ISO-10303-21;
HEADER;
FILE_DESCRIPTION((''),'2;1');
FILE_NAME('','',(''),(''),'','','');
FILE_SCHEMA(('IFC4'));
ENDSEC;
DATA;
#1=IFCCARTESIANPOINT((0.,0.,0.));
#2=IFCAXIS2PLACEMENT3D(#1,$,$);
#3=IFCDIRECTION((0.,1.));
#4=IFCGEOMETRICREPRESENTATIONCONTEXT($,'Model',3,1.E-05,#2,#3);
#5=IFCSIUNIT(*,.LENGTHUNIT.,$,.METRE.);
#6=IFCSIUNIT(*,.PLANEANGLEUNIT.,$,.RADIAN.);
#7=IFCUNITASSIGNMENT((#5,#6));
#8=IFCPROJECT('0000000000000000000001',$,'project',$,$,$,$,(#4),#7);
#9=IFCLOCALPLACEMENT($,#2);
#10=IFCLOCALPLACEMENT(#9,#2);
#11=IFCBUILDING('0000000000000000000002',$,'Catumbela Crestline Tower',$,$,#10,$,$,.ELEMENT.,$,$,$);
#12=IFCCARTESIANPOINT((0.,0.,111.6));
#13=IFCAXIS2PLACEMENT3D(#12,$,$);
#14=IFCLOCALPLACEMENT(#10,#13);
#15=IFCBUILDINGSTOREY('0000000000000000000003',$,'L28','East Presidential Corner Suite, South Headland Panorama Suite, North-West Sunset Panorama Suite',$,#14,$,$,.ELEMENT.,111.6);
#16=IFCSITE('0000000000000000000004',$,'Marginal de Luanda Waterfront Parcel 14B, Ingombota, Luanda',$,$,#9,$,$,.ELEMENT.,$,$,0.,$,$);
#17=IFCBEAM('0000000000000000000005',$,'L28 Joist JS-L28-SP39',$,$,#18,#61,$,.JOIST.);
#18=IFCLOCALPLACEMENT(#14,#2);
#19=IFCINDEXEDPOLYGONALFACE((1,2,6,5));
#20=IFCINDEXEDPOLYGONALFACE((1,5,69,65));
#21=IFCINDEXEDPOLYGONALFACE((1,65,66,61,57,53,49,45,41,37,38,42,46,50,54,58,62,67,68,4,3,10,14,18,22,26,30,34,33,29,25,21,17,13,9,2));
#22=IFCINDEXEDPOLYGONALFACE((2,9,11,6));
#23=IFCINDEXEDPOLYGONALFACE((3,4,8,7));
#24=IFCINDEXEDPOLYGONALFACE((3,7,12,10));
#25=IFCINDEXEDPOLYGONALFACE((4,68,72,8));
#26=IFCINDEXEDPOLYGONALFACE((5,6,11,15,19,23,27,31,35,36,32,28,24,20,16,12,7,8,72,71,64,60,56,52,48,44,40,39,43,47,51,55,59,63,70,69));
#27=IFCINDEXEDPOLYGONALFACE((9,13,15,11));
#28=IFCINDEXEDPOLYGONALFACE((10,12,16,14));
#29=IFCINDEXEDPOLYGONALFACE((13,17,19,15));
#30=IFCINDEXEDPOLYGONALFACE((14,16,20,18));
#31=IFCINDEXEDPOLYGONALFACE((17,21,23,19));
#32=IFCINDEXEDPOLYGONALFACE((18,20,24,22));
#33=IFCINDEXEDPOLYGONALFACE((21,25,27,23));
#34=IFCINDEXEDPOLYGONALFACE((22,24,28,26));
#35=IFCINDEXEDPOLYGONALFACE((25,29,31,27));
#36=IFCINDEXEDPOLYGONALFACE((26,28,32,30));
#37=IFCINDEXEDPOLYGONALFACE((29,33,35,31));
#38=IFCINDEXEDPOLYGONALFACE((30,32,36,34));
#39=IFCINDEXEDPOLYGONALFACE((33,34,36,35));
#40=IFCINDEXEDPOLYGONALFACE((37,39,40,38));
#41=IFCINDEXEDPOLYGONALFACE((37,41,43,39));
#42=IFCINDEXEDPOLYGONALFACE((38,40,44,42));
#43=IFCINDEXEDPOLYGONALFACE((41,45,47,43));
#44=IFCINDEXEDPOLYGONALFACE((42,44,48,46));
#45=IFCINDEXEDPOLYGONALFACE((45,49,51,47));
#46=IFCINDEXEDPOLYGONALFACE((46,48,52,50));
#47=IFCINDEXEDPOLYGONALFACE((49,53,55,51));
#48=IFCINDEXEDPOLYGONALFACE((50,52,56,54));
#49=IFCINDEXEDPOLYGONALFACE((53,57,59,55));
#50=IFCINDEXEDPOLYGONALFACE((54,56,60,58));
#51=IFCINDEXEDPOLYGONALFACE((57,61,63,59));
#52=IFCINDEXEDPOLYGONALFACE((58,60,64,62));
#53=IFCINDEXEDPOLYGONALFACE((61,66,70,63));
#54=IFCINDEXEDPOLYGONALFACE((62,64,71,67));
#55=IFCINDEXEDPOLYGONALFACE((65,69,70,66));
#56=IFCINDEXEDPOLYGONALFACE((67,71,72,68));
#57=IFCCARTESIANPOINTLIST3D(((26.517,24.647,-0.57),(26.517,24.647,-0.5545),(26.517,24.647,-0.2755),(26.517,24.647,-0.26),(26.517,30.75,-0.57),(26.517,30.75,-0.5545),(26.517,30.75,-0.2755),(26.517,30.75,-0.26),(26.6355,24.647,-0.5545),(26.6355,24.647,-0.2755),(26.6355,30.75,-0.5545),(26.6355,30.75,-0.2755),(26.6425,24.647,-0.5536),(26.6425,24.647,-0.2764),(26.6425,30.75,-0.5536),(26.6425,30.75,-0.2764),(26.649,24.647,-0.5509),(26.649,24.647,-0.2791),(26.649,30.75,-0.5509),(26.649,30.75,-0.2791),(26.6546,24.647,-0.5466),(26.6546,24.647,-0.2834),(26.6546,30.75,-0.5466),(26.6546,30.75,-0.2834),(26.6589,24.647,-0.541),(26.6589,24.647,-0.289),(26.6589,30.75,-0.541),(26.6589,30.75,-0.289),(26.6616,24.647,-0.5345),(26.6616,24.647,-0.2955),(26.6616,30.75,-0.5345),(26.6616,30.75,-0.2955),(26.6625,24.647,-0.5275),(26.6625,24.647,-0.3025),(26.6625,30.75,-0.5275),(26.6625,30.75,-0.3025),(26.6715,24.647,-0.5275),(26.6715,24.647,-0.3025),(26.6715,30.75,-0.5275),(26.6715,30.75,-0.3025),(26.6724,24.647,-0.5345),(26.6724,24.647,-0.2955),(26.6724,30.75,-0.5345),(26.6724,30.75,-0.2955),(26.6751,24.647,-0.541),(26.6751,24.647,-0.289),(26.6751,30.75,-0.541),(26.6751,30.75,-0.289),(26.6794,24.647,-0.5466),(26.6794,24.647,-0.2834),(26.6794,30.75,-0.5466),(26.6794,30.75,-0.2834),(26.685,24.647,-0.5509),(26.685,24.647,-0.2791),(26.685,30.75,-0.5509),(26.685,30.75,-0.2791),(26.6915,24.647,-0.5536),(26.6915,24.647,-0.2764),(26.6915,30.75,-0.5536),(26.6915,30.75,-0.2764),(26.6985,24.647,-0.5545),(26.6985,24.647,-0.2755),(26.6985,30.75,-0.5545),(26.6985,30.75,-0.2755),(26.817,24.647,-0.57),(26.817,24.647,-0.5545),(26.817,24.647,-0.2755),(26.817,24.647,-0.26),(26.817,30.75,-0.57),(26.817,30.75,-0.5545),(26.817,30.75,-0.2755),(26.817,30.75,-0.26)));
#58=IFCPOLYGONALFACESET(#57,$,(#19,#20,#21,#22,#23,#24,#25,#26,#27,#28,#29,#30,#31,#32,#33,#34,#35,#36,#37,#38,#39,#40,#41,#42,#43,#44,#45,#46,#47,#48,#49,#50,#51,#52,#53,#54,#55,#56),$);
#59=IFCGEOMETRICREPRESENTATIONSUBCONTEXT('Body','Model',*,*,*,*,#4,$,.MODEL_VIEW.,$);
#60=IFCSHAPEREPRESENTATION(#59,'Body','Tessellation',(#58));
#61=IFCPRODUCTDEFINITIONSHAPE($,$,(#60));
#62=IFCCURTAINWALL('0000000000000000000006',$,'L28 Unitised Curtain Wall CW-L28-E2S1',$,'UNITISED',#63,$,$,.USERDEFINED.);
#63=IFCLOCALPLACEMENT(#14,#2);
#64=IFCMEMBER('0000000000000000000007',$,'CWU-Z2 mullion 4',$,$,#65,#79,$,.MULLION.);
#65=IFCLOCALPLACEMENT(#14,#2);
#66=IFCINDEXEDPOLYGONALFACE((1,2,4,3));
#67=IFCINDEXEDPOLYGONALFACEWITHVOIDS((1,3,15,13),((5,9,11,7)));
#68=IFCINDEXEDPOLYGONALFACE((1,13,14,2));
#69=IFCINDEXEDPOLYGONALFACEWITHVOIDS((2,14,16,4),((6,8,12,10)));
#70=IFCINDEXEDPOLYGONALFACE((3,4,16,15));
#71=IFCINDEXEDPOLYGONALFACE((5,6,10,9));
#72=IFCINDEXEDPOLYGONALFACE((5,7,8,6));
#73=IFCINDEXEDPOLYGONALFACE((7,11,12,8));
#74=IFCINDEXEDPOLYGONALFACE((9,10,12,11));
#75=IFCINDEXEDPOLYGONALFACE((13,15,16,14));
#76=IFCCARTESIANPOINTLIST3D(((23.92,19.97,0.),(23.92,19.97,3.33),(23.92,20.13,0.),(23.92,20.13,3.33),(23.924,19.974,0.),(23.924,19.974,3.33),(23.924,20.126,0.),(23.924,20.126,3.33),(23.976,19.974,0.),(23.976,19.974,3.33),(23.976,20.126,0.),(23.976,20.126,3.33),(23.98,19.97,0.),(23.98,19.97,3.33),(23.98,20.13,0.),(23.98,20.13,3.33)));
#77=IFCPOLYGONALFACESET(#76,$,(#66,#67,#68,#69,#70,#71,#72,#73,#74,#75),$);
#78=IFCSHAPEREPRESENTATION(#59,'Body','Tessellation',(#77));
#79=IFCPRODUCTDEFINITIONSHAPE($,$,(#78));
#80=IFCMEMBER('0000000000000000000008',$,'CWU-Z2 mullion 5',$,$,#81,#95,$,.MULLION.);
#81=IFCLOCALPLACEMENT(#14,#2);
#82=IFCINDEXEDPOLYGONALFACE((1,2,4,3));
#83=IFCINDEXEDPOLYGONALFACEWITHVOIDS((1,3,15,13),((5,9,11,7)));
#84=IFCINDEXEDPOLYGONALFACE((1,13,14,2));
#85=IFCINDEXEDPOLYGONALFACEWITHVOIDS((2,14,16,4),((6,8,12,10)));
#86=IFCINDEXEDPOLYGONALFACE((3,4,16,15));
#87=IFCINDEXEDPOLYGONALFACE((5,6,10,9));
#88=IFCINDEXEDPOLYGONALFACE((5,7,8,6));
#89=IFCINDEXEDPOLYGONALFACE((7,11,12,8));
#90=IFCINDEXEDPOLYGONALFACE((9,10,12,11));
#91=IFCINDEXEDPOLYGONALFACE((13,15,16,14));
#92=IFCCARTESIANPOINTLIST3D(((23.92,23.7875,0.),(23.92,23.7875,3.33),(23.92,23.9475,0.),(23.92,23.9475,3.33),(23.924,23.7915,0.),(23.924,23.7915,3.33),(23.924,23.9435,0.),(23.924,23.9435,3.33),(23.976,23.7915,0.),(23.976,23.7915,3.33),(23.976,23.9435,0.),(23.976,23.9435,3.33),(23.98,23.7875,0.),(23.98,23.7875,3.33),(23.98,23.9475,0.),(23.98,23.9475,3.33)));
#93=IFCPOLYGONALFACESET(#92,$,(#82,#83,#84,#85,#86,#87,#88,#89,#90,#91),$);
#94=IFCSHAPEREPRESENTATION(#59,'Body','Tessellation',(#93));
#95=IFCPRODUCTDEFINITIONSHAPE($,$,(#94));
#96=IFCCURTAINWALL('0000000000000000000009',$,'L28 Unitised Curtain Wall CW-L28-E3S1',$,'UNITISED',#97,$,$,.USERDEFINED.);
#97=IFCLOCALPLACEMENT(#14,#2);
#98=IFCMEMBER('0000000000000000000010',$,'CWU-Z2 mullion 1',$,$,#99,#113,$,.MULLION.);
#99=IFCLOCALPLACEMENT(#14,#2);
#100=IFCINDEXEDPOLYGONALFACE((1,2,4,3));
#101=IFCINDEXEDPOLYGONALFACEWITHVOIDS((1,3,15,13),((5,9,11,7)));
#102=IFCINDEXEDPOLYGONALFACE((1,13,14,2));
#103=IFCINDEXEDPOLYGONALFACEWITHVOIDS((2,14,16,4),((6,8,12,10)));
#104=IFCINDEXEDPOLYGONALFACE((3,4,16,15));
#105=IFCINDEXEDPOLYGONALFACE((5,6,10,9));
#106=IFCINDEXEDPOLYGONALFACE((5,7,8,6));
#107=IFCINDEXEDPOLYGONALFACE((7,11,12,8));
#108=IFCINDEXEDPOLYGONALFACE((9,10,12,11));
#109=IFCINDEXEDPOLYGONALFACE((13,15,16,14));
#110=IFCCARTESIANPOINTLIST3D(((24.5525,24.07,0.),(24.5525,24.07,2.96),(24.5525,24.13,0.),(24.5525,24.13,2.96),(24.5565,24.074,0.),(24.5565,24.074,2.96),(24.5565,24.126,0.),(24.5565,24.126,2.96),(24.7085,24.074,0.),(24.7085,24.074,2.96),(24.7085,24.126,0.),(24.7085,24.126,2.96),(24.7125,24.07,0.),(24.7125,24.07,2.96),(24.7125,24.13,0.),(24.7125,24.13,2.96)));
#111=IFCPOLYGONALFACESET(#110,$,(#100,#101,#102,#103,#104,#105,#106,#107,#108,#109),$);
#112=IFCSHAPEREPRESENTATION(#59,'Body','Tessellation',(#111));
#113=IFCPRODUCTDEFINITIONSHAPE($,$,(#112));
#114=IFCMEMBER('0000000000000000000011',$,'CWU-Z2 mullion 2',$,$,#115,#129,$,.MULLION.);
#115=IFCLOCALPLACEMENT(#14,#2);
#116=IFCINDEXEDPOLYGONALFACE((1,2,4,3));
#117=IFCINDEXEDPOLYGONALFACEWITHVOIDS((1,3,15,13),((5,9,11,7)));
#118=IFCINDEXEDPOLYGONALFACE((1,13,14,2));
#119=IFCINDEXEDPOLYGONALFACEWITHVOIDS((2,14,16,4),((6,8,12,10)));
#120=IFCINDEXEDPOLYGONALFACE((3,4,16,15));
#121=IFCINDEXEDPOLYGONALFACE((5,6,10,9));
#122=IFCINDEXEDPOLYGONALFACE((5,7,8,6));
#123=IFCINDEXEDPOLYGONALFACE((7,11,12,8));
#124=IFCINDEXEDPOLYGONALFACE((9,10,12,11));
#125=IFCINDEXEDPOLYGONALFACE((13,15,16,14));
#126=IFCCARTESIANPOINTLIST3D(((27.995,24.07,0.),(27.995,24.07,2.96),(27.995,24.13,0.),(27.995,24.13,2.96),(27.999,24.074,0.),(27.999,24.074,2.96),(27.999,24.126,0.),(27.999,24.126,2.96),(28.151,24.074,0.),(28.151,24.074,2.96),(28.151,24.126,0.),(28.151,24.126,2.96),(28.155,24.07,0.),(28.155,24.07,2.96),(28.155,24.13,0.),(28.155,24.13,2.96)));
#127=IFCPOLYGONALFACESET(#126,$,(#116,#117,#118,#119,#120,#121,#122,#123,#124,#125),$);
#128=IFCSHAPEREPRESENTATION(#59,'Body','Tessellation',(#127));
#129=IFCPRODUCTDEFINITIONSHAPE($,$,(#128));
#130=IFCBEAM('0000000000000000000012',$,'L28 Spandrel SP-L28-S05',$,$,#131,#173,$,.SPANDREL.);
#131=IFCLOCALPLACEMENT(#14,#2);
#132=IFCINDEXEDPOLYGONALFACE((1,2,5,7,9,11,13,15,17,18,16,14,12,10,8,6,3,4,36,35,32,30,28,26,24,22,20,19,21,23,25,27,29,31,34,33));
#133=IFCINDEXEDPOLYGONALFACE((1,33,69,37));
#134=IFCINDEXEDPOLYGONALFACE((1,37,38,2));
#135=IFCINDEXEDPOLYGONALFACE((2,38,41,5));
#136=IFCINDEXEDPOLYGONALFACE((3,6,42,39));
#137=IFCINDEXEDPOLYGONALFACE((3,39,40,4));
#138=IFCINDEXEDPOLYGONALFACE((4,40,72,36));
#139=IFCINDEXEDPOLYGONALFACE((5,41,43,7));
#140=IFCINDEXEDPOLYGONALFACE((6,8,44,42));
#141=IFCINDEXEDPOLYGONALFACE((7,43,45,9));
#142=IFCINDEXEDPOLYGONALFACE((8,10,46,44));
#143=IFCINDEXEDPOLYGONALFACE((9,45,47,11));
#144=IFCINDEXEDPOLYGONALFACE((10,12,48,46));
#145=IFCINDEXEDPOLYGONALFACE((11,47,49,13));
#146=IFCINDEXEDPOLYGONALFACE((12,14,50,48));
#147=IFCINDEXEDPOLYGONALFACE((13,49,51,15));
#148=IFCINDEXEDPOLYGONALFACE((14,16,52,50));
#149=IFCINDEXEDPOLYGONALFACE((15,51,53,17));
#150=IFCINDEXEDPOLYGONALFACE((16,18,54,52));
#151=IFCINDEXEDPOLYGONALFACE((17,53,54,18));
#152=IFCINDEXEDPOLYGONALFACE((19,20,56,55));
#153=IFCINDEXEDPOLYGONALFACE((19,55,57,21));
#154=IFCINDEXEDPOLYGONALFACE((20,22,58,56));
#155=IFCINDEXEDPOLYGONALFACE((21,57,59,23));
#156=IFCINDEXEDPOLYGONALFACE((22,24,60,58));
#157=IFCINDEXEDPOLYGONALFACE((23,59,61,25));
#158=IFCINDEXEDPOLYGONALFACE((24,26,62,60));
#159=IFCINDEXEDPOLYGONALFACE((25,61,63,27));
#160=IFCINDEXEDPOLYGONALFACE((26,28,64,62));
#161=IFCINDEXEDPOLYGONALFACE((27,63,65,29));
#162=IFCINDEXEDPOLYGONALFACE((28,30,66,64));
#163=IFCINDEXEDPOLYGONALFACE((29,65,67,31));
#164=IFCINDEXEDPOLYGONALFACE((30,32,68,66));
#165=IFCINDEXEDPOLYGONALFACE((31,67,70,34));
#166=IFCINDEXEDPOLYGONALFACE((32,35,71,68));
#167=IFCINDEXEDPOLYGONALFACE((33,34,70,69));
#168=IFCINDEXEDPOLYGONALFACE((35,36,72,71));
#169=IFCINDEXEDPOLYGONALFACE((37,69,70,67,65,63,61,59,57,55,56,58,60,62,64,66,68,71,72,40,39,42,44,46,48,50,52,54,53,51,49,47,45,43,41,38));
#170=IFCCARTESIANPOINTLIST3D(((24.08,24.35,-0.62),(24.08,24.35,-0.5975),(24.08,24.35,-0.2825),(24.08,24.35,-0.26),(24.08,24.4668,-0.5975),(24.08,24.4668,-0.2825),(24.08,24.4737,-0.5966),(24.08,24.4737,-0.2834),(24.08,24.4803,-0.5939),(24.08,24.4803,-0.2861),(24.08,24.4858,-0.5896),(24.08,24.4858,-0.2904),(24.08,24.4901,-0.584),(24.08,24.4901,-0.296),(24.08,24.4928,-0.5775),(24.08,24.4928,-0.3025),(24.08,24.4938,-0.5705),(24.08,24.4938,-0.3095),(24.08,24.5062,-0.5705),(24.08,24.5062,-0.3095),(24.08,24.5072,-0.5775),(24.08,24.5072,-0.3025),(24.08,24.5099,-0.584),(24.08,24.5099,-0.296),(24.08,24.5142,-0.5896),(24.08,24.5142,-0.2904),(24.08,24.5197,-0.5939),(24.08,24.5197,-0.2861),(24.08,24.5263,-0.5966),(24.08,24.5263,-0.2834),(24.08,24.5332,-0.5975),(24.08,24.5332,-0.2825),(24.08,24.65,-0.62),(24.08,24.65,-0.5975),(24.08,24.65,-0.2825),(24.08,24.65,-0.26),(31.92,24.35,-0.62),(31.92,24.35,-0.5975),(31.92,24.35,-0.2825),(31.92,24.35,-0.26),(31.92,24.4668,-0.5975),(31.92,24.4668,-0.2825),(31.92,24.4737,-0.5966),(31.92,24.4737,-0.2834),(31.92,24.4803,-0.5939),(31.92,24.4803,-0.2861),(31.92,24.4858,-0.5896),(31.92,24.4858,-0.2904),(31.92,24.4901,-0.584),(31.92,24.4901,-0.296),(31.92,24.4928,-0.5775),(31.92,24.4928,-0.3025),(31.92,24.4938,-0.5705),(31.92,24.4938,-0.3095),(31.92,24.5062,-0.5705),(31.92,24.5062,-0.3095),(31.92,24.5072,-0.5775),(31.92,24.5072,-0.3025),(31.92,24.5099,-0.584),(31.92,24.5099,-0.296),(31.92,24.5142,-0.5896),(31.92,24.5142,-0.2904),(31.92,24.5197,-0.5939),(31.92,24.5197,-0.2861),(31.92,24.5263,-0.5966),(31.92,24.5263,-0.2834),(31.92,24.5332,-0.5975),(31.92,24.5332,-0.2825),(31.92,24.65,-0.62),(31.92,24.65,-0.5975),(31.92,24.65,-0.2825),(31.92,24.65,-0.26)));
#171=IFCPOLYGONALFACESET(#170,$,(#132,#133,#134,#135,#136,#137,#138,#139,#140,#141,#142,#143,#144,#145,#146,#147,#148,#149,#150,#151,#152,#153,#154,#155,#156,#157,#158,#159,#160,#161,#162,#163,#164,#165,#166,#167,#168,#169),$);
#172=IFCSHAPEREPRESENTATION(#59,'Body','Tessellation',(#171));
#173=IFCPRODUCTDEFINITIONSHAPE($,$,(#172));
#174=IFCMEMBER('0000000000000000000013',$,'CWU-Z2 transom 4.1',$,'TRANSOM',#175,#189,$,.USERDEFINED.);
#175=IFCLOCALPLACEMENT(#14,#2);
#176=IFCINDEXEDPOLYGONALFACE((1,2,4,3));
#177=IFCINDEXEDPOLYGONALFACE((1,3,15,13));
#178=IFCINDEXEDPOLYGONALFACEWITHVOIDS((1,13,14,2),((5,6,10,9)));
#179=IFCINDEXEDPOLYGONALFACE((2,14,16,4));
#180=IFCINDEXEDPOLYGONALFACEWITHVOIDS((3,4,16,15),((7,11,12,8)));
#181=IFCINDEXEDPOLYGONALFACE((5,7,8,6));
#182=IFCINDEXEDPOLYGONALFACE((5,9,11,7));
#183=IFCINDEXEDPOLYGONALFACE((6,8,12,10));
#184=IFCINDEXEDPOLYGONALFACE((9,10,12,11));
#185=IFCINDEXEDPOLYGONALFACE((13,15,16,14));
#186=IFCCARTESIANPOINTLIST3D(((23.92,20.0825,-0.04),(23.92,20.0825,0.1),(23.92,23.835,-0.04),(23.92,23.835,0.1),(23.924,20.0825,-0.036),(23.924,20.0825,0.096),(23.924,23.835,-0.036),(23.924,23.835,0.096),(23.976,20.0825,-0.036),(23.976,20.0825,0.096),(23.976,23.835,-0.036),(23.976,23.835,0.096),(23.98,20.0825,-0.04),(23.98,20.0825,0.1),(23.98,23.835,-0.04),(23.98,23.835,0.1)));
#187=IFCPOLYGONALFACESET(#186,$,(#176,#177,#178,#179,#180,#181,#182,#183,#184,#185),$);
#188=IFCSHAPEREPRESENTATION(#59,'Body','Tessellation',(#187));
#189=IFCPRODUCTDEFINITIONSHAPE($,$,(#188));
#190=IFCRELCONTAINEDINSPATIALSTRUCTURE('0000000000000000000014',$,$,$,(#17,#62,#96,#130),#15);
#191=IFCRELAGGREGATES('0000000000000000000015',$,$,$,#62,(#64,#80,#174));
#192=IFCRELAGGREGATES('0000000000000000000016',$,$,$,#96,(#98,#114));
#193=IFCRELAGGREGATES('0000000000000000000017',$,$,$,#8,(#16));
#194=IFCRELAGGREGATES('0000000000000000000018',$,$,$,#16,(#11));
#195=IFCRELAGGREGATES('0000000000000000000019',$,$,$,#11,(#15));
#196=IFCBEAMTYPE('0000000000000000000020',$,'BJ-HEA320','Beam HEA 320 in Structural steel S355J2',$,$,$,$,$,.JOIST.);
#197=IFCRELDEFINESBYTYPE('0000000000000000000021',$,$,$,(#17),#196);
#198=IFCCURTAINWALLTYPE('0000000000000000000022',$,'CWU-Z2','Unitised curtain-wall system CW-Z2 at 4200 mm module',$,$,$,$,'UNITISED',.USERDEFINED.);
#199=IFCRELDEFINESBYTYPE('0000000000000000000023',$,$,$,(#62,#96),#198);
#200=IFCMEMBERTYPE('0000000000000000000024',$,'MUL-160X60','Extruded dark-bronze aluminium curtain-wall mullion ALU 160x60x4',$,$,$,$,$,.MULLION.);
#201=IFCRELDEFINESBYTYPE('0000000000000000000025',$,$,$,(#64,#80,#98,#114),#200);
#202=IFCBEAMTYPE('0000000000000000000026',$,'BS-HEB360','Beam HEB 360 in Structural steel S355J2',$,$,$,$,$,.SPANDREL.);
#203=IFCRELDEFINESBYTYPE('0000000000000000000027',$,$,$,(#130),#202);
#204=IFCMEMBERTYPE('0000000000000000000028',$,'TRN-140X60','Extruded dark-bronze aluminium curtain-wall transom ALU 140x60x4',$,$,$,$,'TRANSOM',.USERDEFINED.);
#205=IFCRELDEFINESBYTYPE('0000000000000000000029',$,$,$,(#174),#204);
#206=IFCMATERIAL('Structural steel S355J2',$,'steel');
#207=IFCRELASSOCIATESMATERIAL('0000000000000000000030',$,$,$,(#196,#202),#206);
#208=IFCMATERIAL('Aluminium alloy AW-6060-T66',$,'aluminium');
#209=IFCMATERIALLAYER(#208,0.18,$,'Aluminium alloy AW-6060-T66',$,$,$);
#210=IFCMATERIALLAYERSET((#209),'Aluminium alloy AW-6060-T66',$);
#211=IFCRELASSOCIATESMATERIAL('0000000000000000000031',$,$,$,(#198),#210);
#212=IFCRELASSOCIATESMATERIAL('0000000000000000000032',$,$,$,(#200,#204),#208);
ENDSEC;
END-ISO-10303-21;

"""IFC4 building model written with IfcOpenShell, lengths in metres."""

from ifc_helpers import new_model, si_unit, direction, frame, origin, origin_2d, place, context, subcontext, project, spatial, hollow_rectangle, i_section, extrude, material, layer, layer_set, material_profile, profile_set, type_object, element, aggregate, save


model = new_model("IFC4")

# Units and contexts
model_context = context("Model", 3, precision=1e-05, world=origin(), true_north=direction((0.0, 1.0)))
body_context = subcontext(model_context, "Body", "Model", "MODEL_VIEW")
ifc_project = project(units=[si_unit("LENGTHUNIT", "METRE"), si_unit("PLANEANGLEUNIT", "RADIAN")], contexts=[model_context])

# Site, building, storey
site_placement = place(None, origin())
site = spatial("IfcSite", under=ifc_project, at=site_placement, Name="Marginal de Luanda Waterfront Parcel 14B, Ingombota, Luanda", CompositionType="ELEMENT", RefElevation=0.0)
building_placement = place(site_placement, origin())
building = spatial("IfcBuilding", under=site, at=building_placement, Name="Catumbela Crestline Tower", CompositionType="ELEMENT")
storey_placement = place(building_placement, frame((0.0, 0.0, 111.6)))
storey = spatial("IfcBuildingStorey", under=building, at=storey_placement, Name="L28", Description="East Presidential Corner Suite, South Headland Panorama Suite, North-West Sunset Panorama Suite", CompositionType="ELEMENT", Elevation=111.6)

# Beam
ifc_material_1 = material(Name="Structural steel S355J2", Category="steel")
ifc_material_profile_1 = material_profile(ifc_material_1, i_section(OverallWidth=0.3, OverallDepth=0.31, WebThickness=0.009, FlangeThickness=0.0155, FilletRadius=0.027, at=origin_2d()), Name="HEA 320")
ifc_profile_set_1 = profile_set([ifc_material_profile_1], Name="Structural steel S355J2")
beam_type_1 = type_object("IfcBeamType", Name="BJ-HEA320", Description="Beam HEA 320 in Structural steel S355J2", PredefinedType="JOIST", material=ifc_profile_set_1)
for number, where, z_axis, x_axis, name in (
    (1, (26.667, 24.647, -0.415), (0.0, 1.0, 0.0), (-1.0, 0.0, 0.0), "L28 Joist JS-L28-SP39"),
):
    element("IfcBeam", number, at=place(storey_placement, frame(where, z_axis=z_axis, x_axis=x_axis)), inside=storey, type_object=beam_type_1, Name=name, PredefinedType="JOIST", context=body_context, shape_type="SweptSolid", body=[
        extrude(i_section(OverallWidth=0.3, OverallDepth=0.31, WebThickness=0.009, FlangeThickness=0.0155, FilletRadius=0.027, at=origin_2d()), origin(), (0.0, 0.0, 1.0), 6.103),
    ])

# Curtain walls, members
ifc_material_2 = material(Name="Aluminium alloy AW-6060-T66", Category="aluminium")
ifc_layer_1 = layer(ifc_material_2, 0.18, Name="Aluminium alloy AW-6060-T66")
ifc_layer_set_1 = layer_set([ifc_layer_1], Name="Aluminium alloy AW-6060-T66")
curtain_wall_type = type_object("IfcCurtainWallType", Name="CWU-Z2", Description="Unitised curtain-wall system CW-Z2 at 4200 mm module", ElementType="UNITISED", PredefinedType="USERDEFINED", material=ifc_layer_set_1)
curtain_wall_1_placement = place(storey_placement, origin())
curtain_wall_1 = element("IfcCurtainWall", 2, at=curtain_wall_1_placement, inside=storey, type_object=curtain_wall_type, Name="L28 Unitised Curtain Wall CW-L28-E2S1", ObjectType="UNITISED", PredefinedType="USERDEFINED")
ifc_material_profile_2 = material_profile(ifc_material_2, hollow_rectangle(XDim=0.06, YDim=0.16, WallThickness=0.004, at=origin_2d()), Name="ALU 160x60x4")
ifc_profile_set_2 = profile_set([ifc_material_profile_2], Name="Aluminium alloy AW-6060-T66")
member_type_1 = type_object("IfcMemberType", Name="MUL-160X60", Description="Extruded dark-bronze aluminium curtain-wall mullion ALU 160x60x4", PredefinedType="MULLION", material=ifc_profile_set_2)
member_1_placement = place(storey_placement, frame((23.95, 20.05, 0.0), z_axis=(0.0, 0.0, 1.0), x_axis=(-1.0, 0.0, 0.0)))
member_1 = element("IfcMember", 3, at=member_1_placement, type_object=member_type_1, Name="CWU-Z2 mullion 4", PredefinedType="MULLION", context=body_context, shape_type="SweptSolid", body=[
    extrude(hollow_rectangle(XDim=0.06, YDim=0.16, WallThickness=0.004, at=origin_2d()), origin(), (0.0, 0.0, 1.0), 3.33),
])
member_2_placement = place(storey_placement, frame((23.95, 23.8675, 0.0), z_axis=(0.0, 0.0, 1.0), x_axis=(-1.0, 0.0, 0.0)))
member_2 = element("IfcMember", 4, at=member_2_placement, type_object=member_type_1, Name="CWU-Z2 mullion 5", PredefinedType="MULLION", context=body_context, shape_type="SweptSolid", body=[
    extrude(hollow_rectangle(XDim=0.06, YDim=0.16, WallThickness=0.004, at=origin_2d()), origin(), (0.0, 0.0, 1.0), 3.33),
])
curtain_wall_2_placement = place(storey_placement, origin())
curtain_wall_2 = element("IfcCurtainWall", 5, at=curtain_wall_2_placement, inside=storey, type_object=curtain_wall_type, Name="L28 Unitised Curtain Wall CW-L28-E3S1", ObjectType="UNITISED", PredefinedType="USERDEFINED")
member_3_placement = place(storey_placement, frame((24.6325, 24.1, 0.0), z_axis=(0.0, 0.0, 1.0), x_axis=(0.0, 1.0, 0.0)))
member_3 = element("IfcMember", 6, at=member_3_placement, type_object=member_type_1, Name="CWU-Z2 mullion 1", PredefinedType="MULLION", context=body_context, shape_type="SweptSolid", body=[
    extrude(hollow_rectangle(XDim=0.06, YDim=0.16, WallThickness=0.004, at=origin_2d()), origin(), (0.0, 0.0, 1.0), 2.96),
])
member_4_placement = place(storey_placement, frame((28.075, 24.1, 0.0), z_axis=(0.0, 0.0, 1.0), x_axis=(0.0, 1.0, 0.0)))
member_4 = element("IfcMember", 7, at=member_4_placement, type_object=member_type_1, Name="CWU-Z2 mullion 2", PredefinedType="MULLION", context=body_context, shape_type="SweptSolid", body=[
    extrude(hollow_rectangle(XDim=0.06, YDim=0.16, WallThickness=0.004, at=origin_2d()), origin(), (0.0, 0.0, 1.0), 2.96),
])

# Beam
ifc_material_profile_3 = material_profile(ifc_material_1, i_section(OverallWidth=0.3, OverallDepth=0.36, WebThickness=0.0125, FlangeThickness=0.0225, FilletRadius=0.027, at=origin_2d()), Name="HEB 360")
ifc_profile_set_3 = profile_set([ifc_material_profile_3], Name="Structural steel S355J2")
beam_type_2 = type_object("IfcBeamType", Name="BS-HEB360", Description="Beam HEB 360 in Structural steel S355J2", PredefinedType="SPANDREL", material=ifc_profile_set_3)
beam_1_placement = place(storey_placement, frame((24.08, 24.5, -0.44), z_axis=(1.0, 0.0, 0.0), x_axis=(0.0, 1.0, 0.0)))
element("IfcBeam", 8, at=beam_1_placement, inside=storey, type_object=beam_type_2, Name="L28 Spandrel SP-L28-S05", PredefinedType="SPANDREL", context=body_context, shape_type="SweptSolid", body=[
    extrude(i_section(OverallWidth=0.3, OverallDepth=0.36, WebThickness=0.0125, FlangeThickness=0.0225, FilletRadius=0.027, at=origin_2d()), origin(), (0.0, 0.0, 1.0), 7.84),
])

# Member
ifc_material_profile_4 = material_profile(ifc_material_2, hollow_rectangle(XDim=0.06, YDim=0.14, WallThickness=0.004, at=origin_2d()), Name="ALU 140x60x4")
ifc_profile_set_4 = profile_set([ifc_material_profile_4], Name="Aluminium alloy AW-6060-T66")
member_type_2 = type_object("IfcMemberType", Name="TRN-140X60", Description="Extruded dark-bronze aluminium curtain-wall transom ALU 140x60x4", ElementType="TRANSOM", PredefinedType="USERDEFINED", material=ifc_profile_set_4)
member_5_placement = place(storey_placement, frame((23.95, 20.0825, 0.03), z_axis=(0.0, 1.0, 0.0), x_axis=(-1.0, 0.0, 0.0)))
member_5 = element("IfcMember", 9, at=member_5_placement, type_object=member_type_2, Name="CWU-Z2 transom 4.1", ObjectType="TRANSOM", PredefinedType="USERDEFINED", context=body_context, shape_type="SweptSolid", body=[
    extrude(hollow_rectangle(XDim=0.06, YDim=0.14, WallThickness=0.004, at=origin_2d()), origin(), (0.0, 0.0, 1.0), 3.7525),
])

aggregate(curtain_wall_1, [member_1, member_2, member_5])
aggregate(curtain_wall_2, [member_3, member_4])

save(model, "model.ifc")
